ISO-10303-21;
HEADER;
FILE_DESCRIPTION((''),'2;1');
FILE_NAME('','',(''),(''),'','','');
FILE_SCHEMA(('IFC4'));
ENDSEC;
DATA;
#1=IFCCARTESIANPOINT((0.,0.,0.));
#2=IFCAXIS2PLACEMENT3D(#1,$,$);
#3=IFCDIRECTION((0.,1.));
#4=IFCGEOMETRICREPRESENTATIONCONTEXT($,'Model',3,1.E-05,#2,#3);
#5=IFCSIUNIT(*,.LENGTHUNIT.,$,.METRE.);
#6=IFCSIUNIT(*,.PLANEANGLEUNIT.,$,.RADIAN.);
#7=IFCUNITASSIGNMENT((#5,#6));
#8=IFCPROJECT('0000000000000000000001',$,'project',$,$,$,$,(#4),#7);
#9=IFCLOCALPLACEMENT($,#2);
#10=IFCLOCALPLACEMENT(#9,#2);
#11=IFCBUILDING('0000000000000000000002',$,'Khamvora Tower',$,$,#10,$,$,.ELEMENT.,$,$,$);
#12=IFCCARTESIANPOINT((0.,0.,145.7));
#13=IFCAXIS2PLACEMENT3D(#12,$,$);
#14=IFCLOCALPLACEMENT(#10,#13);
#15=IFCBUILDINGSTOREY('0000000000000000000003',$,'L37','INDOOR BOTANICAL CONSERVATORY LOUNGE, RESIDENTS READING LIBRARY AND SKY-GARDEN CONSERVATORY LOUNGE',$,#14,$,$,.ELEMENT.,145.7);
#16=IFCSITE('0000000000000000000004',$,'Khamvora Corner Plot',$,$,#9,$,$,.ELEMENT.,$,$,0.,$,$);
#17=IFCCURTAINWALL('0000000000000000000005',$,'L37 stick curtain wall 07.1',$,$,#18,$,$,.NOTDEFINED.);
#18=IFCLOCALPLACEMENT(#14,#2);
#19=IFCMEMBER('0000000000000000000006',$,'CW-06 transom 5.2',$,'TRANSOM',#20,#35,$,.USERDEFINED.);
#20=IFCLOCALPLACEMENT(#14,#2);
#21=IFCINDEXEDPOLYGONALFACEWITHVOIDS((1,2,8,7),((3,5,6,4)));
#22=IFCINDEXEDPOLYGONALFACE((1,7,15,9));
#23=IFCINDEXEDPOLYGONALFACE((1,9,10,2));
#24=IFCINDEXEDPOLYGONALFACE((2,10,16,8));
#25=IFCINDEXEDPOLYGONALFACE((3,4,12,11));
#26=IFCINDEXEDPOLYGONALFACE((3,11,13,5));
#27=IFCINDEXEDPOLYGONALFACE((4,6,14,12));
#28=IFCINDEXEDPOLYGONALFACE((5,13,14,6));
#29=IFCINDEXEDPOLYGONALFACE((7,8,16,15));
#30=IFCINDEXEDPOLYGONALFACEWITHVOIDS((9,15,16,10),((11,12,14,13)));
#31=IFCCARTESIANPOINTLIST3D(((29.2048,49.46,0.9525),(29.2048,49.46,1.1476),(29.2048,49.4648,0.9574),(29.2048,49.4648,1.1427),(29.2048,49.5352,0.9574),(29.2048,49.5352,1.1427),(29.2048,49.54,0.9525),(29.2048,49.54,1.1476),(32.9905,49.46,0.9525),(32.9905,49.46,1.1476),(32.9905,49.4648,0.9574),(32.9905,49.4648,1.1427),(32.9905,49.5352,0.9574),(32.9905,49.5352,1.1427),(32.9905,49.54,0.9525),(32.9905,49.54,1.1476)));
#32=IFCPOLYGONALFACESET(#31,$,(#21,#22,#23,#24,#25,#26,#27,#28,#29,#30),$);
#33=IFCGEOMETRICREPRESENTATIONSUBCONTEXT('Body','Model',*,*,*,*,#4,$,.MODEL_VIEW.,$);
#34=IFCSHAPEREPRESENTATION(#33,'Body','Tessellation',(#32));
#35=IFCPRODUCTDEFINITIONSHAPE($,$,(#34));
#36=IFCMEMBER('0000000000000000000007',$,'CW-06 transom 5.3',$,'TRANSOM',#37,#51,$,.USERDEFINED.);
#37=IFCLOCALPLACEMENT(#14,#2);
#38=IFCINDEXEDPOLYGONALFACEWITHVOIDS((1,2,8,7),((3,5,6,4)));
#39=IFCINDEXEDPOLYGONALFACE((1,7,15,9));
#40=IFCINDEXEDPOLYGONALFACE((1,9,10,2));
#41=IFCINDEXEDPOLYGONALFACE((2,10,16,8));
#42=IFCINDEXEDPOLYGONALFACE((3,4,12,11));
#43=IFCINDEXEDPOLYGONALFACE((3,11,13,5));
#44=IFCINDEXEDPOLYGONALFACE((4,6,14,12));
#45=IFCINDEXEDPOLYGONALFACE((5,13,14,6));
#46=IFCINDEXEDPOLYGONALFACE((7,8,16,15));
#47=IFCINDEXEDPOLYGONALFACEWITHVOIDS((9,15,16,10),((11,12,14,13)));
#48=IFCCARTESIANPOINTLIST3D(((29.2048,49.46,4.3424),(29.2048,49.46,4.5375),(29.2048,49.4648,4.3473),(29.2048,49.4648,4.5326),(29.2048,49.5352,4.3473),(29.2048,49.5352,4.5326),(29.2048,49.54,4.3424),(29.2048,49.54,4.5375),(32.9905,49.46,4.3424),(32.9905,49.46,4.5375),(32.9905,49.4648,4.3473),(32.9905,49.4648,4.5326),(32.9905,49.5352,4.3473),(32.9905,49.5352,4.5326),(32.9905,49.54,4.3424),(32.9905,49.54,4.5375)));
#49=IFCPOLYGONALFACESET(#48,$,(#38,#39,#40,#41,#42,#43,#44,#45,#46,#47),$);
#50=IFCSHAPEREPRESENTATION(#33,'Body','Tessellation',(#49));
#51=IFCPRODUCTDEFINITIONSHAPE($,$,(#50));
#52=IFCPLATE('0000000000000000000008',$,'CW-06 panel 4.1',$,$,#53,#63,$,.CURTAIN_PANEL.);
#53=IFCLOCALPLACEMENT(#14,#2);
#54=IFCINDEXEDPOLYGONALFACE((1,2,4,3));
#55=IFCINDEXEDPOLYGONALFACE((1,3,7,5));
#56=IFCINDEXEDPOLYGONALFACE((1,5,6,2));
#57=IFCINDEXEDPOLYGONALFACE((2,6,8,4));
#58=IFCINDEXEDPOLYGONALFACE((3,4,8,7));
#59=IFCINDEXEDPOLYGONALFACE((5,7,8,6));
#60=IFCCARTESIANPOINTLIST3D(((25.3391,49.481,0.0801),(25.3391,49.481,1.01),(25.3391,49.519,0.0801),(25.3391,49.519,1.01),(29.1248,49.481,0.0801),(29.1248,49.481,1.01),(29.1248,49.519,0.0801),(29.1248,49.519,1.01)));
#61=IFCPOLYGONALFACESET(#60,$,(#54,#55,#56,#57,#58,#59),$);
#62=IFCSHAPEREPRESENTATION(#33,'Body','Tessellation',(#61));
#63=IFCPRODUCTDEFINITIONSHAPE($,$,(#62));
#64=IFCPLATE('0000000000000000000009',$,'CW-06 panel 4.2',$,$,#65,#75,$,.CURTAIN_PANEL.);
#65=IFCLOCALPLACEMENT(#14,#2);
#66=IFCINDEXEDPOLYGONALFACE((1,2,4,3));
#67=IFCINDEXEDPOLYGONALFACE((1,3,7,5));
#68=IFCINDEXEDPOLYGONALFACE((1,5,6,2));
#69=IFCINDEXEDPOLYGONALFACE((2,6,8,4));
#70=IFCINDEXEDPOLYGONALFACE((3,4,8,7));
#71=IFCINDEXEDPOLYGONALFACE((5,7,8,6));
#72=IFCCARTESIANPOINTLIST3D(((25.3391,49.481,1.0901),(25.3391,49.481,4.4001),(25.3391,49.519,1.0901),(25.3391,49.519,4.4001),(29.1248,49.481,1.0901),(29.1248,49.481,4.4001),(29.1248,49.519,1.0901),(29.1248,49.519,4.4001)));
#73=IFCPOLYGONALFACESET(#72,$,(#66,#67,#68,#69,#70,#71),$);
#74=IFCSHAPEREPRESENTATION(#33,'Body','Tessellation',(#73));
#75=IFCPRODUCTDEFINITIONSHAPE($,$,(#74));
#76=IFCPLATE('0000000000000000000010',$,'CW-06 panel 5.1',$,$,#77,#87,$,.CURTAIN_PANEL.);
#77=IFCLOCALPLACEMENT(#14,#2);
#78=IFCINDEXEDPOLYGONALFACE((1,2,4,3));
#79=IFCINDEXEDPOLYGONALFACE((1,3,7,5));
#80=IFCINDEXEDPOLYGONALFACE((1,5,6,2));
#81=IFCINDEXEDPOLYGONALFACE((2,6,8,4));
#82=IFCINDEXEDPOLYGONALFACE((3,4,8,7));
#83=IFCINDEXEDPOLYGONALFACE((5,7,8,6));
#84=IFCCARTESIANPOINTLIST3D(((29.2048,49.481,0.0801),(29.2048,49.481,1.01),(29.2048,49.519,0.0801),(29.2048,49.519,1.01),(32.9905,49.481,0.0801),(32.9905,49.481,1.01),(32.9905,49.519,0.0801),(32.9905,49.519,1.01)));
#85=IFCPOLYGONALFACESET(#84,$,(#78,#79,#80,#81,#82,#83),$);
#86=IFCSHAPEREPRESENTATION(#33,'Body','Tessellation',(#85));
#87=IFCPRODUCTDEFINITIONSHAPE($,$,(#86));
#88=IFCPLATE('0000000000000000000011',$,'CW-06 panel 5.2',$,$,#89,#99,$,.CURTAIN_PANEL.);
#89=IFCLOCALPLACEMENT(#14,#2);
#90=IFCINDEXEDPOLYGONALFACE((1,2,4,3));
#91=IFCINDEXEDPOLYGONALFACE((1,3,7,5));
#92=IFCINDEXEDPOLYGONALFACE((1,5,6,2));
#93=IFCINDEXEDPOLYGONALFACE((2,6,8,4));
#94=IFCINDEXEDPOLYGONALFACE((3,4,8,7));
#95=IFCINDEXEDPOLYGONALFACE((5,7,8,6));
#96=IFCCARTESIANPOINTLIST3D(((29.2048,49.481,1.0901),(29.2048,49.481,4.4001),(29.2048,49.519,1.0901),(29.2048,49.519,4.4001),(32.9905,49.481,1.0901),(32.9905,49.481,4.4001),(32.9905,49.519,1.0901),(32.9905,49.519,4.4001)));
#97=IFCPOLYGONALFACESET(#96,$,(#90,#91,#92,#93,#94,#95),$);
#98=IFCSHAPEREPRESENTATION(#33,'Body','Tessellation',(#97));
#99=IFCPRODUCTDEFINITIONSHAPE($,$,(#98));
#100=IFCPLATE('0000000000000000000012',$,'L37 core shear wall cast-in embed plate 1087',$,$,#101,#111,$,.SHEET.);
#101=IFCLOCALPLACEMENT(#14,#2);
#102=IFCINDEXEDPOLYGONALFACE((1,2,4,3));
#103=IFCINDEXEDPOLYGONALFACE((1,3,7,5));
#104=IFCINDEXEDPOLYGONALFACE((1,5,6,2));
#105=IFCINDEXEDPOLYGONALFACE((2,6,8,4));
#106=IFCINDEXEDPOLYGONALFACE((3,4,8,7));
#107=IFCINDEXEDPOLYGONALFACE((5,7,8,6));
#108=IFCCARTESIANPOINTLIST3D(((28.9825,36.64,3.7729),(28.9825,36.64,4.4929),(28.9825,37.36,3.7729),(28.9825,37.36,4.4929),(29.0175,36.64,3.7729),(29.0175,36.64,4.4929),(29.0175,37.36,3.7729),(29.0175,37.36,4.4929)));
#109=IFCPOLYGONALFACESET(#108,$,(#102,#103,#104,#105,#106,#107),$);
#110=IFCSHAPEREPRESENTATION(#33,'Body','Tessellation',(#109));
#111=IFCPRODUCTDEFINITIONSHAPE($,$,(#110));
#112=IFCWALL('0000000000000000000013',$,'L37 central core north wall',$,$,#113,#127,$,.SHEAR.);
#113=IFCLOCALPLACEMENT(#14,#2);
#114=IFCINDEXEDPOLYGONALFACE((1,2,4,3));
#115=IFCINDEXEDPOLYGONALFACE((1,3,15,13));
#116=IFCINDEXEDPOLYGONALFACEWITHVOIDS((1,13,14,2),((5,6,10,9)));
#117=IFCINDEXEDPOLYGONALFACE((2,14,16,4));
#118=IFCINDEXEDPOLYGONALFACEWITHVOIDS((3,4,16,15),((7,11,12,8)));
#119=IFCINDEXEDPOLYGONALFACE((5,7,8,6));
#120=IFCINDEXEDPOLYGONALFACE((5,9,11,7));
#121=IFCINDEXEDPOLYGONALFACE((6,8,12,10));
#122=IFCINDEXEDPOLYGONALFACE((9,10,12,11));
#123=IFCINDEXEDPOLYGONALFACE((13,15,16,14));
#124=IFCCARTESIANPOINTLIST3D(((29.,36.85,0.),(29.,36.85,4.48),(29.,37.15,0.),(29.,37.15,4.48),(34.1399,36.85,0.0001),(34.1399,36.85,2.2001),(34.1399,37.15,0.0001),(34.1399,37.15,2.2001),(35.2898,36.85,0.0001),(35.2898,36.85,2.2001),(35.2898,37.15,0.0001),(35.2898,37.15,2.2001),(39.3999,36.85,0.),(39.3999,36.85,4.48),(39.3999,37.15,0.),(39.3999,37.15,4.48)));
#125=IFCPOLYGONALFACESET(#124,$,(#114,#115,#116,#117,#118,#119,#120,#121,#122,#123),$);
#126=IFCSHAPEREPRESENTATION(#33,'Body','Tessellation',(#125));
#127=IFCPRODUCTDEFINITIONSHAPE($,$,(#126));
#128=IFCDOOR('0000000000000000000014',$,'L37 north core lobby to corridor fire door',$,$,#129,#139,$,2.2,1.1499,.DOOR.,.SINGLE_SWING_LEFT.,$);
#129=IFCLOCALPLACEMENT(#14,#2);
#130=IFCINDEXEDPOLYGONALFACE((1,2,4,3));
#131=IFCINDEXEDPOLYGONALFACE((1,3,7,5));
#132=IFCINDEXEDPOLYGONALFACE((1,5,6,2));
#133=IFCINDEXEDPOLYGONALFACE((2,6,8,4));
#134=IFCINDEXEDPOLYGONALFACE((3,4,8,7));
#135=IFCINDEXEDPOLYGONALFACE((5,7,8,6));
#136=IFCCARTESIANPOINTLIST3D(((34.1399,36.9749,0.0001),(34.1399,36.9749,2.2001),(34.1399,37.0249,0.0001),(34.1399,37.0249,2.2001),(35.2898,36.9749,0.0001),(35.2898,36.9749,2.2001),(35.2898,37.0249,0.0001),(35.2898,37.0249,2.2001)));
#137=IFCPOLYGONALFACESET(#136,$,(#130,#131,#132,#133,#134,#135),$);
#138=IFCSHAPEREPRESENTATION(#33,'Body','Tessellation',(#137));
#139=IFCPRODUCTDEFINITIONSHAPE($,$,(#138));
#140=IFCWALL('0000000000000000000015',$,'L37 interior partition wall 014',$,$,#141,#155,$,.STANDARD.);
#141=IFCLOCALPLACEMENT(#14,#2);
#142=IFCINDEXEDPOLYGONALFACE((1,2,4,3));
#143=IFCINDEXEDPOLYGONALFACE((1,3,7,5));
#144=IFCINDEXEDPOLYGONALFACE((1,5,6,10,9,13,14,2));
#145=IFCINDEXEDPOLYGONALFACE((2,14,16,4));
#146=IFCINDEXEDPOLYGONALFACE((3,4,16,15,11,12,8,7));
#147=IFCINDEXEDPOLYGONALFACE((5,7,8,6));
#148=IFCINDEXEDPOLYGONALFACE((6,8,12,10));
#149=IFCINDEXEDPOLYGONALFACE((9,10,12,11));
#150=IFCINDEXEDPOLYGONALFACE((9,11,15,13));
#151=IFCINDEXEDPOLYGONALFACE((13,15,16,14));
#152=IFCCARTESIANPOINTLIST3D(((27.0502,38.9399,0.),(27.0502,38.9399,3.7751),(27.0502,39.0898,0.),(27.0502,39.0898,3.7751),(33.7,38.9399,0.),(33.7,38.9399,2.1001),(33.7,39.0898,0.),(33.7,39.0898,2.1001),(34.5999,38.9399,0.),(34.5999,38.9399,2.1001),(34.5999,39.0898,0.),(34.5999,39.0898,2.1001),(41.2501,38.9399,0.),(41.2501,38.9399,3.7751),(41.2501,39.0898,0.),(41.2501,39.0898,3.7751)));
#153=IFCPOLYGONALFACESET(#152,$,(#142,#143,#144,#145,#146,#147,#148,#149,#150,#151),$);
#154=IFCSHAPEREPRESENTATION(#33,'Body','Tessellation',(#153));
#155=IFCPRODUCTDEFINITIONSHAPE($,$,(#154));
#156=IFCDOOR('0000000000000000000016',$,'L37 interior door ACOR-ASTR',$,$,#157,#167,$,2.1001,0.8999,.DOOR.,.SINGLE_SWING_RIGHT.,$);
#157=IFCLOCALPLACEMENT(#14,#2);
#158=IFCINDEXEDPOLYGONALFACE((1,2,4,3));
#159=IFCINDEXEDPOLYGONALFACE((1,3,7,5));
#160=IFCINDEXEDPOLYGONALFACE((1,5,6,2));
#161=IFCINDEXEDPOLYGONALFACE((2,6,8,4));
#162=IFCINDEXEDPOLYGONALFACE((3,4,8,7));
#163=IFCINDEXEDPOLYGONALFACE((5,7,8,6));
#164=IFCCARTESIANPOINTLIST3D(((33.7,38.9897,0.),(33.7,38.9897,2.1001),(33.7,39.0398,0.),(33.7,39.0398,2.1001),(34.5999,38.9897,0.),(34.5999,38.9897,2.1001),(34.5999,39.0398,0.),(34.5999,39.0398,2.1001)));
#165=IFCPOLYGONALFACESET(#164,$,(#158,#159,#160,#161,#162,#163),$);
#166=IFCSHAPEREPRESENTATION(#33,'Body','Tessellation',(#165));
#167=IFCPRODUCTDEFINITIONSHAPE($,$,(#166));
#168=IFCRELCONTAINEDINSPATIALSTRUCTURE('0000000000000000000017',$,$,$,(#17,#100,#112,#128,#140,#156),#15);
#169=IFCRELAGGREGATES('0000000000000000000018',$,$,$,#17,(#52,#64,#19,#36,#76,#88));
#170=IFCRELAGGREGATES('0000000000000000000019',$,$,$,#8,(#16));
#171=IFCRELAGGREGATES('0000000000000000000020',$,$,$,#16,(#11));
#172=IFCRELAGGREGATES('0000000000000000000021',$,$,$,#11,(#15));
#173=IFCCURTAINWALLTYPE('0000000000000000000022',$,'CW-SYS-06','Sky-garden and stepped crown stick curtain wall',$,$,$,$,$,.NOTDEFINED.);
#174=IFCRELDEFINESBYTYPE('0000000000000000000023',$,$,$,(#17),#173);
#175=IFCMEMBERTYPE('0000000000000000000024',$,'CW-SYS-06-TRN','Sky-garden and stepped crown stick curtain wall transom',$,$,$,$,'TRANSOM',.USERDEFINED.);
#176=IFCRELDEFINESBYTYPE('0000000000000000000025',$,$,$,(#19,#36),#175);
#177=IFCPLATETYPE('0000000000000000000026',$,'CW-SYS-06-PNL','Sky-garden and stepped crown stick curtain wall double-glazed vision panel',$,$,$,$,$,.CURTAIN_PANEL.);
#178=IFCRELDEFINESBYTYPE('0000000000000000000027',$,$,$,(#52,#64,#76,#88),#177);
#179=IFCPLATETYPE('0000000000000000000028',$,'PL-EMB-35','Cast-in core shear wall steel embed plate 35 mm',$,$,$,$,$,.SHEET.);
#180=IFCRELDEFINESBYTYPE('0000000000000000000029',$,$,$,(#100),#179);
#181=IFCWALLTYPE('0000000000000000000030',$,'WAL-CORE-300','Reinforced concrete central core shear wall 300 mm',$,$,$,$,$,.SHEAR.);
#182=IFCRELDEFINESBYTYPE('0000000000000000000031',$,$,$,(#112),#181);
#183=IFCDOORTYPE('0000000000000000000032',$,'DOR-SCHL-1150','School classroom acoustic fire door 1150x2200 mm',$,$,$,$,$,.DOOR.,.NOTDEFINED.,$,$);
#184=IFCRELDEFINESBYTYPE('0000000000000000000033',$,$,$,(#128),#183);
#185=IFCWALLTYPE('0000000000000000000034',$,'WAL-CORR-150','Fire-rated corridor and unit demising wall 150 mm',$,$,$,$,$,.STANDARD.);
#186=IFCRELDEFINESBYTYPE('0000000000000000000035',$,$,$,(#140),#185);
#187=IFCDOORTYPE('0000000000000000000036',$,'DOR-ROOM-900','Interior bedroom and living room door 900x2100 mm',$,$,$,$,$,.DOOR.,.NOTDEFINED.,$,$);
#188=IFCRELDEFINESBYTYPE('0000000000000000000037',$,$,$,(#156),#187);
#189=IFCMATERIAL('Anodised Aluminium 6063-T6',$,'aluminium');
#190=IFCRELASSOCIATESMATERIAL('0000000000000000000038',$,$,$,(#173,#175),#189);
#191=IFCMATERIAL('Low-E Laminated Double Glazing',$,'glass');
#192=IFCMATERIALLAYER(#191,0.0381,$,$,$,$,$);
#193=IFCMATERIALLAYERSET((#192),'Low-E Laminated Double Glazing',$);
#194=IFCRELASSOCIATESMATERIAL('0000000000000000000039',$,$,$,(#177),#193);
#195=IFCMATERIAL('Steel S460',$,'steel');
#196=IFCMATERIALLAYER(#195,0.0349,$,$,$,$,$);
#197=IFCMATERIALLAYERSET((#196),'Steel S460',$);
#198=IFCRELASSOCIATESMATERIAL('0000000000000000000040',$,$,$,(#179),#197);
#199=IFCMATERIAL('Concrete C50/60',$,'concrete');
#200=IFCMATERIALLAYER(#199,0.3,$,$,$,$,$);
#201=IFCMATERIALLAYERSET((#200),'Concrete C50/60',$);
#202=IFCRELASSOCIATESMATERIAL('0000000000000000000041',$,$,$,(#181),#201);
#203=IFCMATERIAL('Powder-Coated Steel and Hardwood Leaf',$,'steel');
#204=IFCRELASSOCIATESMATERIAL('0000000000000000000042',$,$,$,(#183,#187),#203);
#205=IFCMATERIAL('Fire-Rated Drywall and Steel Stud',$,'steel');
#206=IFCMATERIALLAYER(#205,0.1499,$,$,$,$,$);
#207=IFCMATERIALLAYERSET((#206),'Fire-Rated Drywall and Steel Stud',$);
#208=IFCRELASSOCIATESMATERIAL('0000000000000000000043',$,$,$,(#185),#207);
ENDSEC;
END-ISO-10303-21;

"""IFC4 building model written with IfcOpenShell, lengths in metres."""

from ifc_helpers import new_model, si_unit, direction, frame, frame_2d, origin, origin_2d, place, context, subcontext, project, spatial, rectangle, hollow_rectangle, extrude, material, layer, layer_set, material_profile, profile_set, type_object, element, fill, aggregate, save


model = new_model("IFC4")

# Units and contexts
model_context = context("Model", 3, precision=1e-05, world=origin(), true_north=direction((0.0, 1.0)))
body_context = subcontext(model_context, "Body", "Model", "MODEL_VIEW")
ifc_project = project(units=[si_unit("LENGTHUNIT", "METRE"), si_unit("PLANEANGLEUNIT", "RADIAN")], contexts=[model_context])

# Site, building, storey
site_placement = place(None, origin())
site = spatial("IfcSite", under=ifc_project, at=site_placement, Name="Khamvora Corner Plot", CompositionType="ELEMENT", RefElevation=0.0)
building_placement = place(site_placement, origin())
building = spatial("IfcBuilding", under=site, at=building_placement, Name="Khamvora Tower", CompositionType="ELEMENT")
storey_placement = place(building_placement, frame((0.0, 0.0, 145.7)))
storey = spatial("IfcBuildingStorey", under=building, at=storey_placement, Name="L37", Description="INDOOR BOTANICAL CONSERVATORY LOUNGE, RESIDENTS READING LIBRARY AND SKY-GARDEN CONSERVATORY LOUNGE", CompositionType="ELEMENT", Elevation=145.7)

# Curtain wall, members, plates
ifc_material_1 = material(Name="Anodised Aluminium 6063-T6", Category="aluminium")
curtain_wall_type = type_object("IfcCurtainWallType", Name="CW-SYS-06", Description="Sky-garden and stepped crown stick curtain wall", PredefinedType="NOTDEFINED", material=ifc_material_1)
curtain_wall_placement = place(storey_placement, origin())
curtain_wall = element("IfcCurtainWall", 1, at=curtain_wall_placement, inside=storey, type_object=curtain_wall_type, Name="L37 stick curtain wall 07.1", PredefinedType="NOTDEFINED")
ifc_material_profile_1 = material_profile(ifc_material_1, hollow_rectangle(XDim=0.0801, YDim=0.1951, WallThickness=0.0049, at=origin_2d()), Name="TRN80x195x5")
ifc_profile_set_1 = profile_set([ifc_material_profile_1], Name="Anodised Aluminium 6063-T6")
member_type_1 = type_object("IfcMemberType", Name="CW-SYS-06-TRN", Description="Sky-garden and stepped crown stick curtain wall transom", ElementType="TRANSOM", PredefinedType="USERDEFINED", material=ifc_profile_set_1)
member_1_placement = place(storey_placement, frame((29.2048, 49.5, 1.05), z_axis=(1.0, 0.0, 0.0), x_axis=(0.0, 1.0, 0.0)))
member_1 = element("IfcMember", 2, at=member_1_placement, type_object=member_type_1, Name="CW-06 transom 5.2", ObjectType="TRANSOM", PredefinedType="USERDEFINED", context=body_context, shape_type="SweptSolid", body=[
    extrude(hollow_rectangle(XDim=0.0801, YDim=0.1951, WallThickness=0.0049, at=origin_2d()), origin(), (0.0, 0.0, 1.0), 3.7856),
])
member_2_placement = place(storey_placement, frame((29.2048, 49.5, 4.4399), z_axis=(1.0, 0.0, 0.0), x_axis=(0.0, 1.0, 0.0)))
member_2 = element("IfcMember", 3, at=member_2_placement, type_object=member_type_1, Name="CW-06 transom 5.3", ObjectType="TRANSOM", PredefinedType="USERDEFINED", context=body_context, shape_type="SweptSolid", body=[
    extrude(hollow_rectangle(XDim=0.0801, YDim=0.1951, WallThickness=0.0049, at=origin_2d()), origin(), (0.0, 0.0, 1.0), 3.7856),
])
ifc_material_2 = material(Name="Low-E Laminated Double Glazing", Category="glass")
ifc_layer_1 = layer(ifc_material_2, 0.0381)
ifc_layer_set_1 = layer_set([ifc_layer_1], Name="Low-E Laminated Double Glazing")
plate_type_1 = type_object("IfcPlateType", Name="CW-SYS-06-PNL", Description="Sky-garden and stepped crown stick curtain wall double-glazed vision panel", PredefinedType="CURTAIN_PANEL", material=ifc_layer_set_1)
plate_1_placement = place(storey_placement, frame((27.2319, 49.5, 0.0801), z_axis=(0.0, 0.0, 1.0), x_axis=(1.0, 0.0, 0.0)))
plate_1 = element("IfcPlate", 4, at=plate_1_placement, type_object=plate_type_1, Name="CW-06 panel 4.1", PredefinedType="CURTAIN_PANEL", context=body_context, shape_type="SweptSolid", body=[
    extrude(rectangle(XDim=3.7856, YDim=0.0381, at=origin_2d()), origin(), (0.0, 0.0, 1.0), 0.9299),
])
plate_2_placement = place(storey_placement, frame((27.2319, 49.5, 1.0901), z_axis=(0.0, 0.0, 1.0), x_axis=(1.0, 0.0, 0.0)))
plate_2 = element("IfcPlate", 5, at=plate_2_placement, type_object=plate_type_1, Name="CW-06 panel 4.2", PredefinedType="CURTAIN_PANEL", context=body_context, shape_type="SweptSolid", body=[
    extrude(rectangle(XDim=3.7856, YDim=0.0381, at=origin_2d()), origin(), (0.0, 0.0, 1.0), 3.3101),
])
plate_3_placement = place(storey_placement, frame((31.0977, 49.5, 0.0801), z_axis=(0.0, 0.0, 1.0), x_axis=(1.0, 0.0, 0.0)))
plate_3 = element("IfcPlate", 6, at=plate_3_placement, type_object=plate_type_1, Name="CW-06 panel 5.1", PredefinedType="CURTAIN_PANEL", context=body_context, shape_type="SweptSolid", body=[
    extrude(rectangle(XDim=3.7856, YDim=0.0381, at=origin_2d()), origin(), (0.0, 0.0, 1.0), 0.9299),
])
plate_4_placement = place(storey_placement, frame((31.0977, 49.5, 1.0901), z_axis=(0.0, 0.0, 1.0), x_axis=(1.0, 0.0, 0.0)))
plate_4 = element("IfcPlate", 7, at=plate_4_placement, type_object=plate_type_1, Name="CW-06 panel 5.2", PredefinedType="CURTAIN_PANEL", context=body_context, shape_type="SweptSolid", body=[
    extrude(rectangle(XDim=3.7856, YDim=0.0381, at=origin_2d()), origin(), (0.0, 0.0, 1.0), 3.3101),
])
aggregate(curtain_wall, [plate_1, plate_2, member_1, member_2, plate_3, plate_4])

# Plate
ifc_material_3 = material(Name="Steel S460", Category="steel")
ifc_layer_2 = layer(ifc_material_3, 0.0349)
ifc_layer_set_2 = layer_set([ifc_layer_2], Name="Steel S460")
plate_type_2 = type_object("IfcPlateType", Name="PL-EMB-35", Description="Cast-in core shear wall steel embed plate 35 mm", PredefinedType="SHEET", material=ifc_layer_set_2)
plate_5_placement = place(storey_placement, frame((29.0, 37.0, 3.7729), z_axis=(0.0, 0.0, 1.0), x_axis=(1.0, 0.0, 0.0)))
element("IfcPlate", 8, at=plate_5_placement, inside=storey, type_object=plate_type_2, Name="L37 core shear wall cast-in embed plate 1087", PredefinedType="SHEET", context=body_context, shape_type="SweptSolid", body=[
    extrude(rectangle(XDim=0.0349, YDim=0.72, at=origin_2d()), origin(), (0.0, 0.0, 1.0), 0.72),
])

# Walls, openings, doors
ifc_material_4 = material(Name="Concrete C50/60", Category="concrete")
ifc_layer_3 = layer(ifc_material_4, 0.3)
ifc_layer_set_3 = layer_set([ifc_layer_3], Name="Concrete C50/60")
wall_type_1 = type_object("IfcWallType", Name="WAL-CORE-300", Description="Reinforced concrete central core shear wall 300 mm", PredefinedType="SHEAR", material=ifc_layer_set_3)
wall_1_placement = place(storey_placement, frame((29.0, 37.0, 0.0), z_axis=(0.0, 0.0, 1.0), x_axis=(1.0, 0.0, 0.0)))
wall_1 = element("IfcWall", 9, at=wall_1_placement, inside=storey, type_object=wall_type_1, Name="L37 central core north wall", PredefinedType="SHEAR", context=body_context, shape_type="SweptSolid", body=[
    extrude(rectangle(XDim=10.3999, YDim=0.3, at=frame_2d((5.2, 0.0))), origin(), (0.0, 0.0, 1.0), 4.48),
])
opening_1_placement = place(wall_1_placement, frame((5.1399, 0.0, 0.0)))
opening_1 = element("IfcOpeningElement", 10, at=opening_1_placement, cuts=wall_1, PredefinedType="OPENING", context=body_context, shape_type="SweptSolid", body=[
    extrude(rectangle(XDim=1.1499, YDim=2.2, at=frame_2d((0.575, 1.1001))), frame((0.0, 0.1599, 0.0), z_axis=(0.0, -1.0, 0.0), x_axis=(1.0, 0.0, 0.0)), (0.0, 0.0, 1.0), 0.3201),
])
ifc_material_5 = material(Name="Powder-Coated Steel and Hardwood Leaf", Category="steel")
door_type_1 = type_object("IfcDoorType", Name="DOR-SCHL-1150", Description="School classroom acoustic fire door 1150x2200 mm", OperationType="NOTDEFINED", PredefinedType="DOOR", material=ifc_material_5)
door_1_placement = place(opening_1_placement, origin())
door_1 = element("IfcDoor", 11, at=door_1_placement, inside=storey, type_object=door_type_1, Name="L37 north core lobby to corridor fire door", OperationType="SINGLE_SWING_LEFT", OverallHeight=2.2, OverallWidth=1.1499, PredefinedType="DOOR", context=body_context, shape_type="SweptSolid", body=[
    extrude(rectangle(XDim=1.1499, YDim=2.2, at=frame_2d((0.575, 1.1001))), frame((0.0, 0.0249, 0.0), z_axis=(0.0, -1.0, 0.0), x_axis=(1.0, 0.0, 0.0)), (0.0, 0.0, 1.0), 0.05),
])
fill(opening_1, door_1)
ifc_material_6 = material(Name="Fire-Rated Drywall and Steel Stud", Category="steel")
ifc_layer_4 = layer(ifc_material_6, 0.1499)
ifc_layer_set_4 = layer_set([ifc_layer_4], Name="Fire-Rated Drywall and Steel Stud")
wall_type_2 = type_object("IfcWallType", Name="WAL-CORR-150", Description="Fire-rated corridor and unit demising wall 150 mm", PredefinedType="STANDARD", material=ifc_layer_set_4)
wall_2_placement = place(storey_placement, frame((27.05, 39.0149, 0.0), z_axis=(0.0, 0.0, 1.0), x_axis=(1.0, 0.0, 0.0)))
wall_2 = element("IfcWall", 12, at=wall_2_placement, inside=storey, type_object=wall_type_2, Name="L37 interior partition wall 014", PredefinedType="STANDARD", context=body_context, shape_type="SweptSolid", body=[
    extrude(rectangle(XDim=14.2, YDim=0.1499, at=frame_2d((7.1001, 0.0))), origin(), (0.0, 0.0, 1.0), 3.7751),
])
opening_2_placement = place(wall_2_placement, frame((6.6499, 0.0, 0.0)))
opening_2 = element("IfcOpeningElement", 13, at=opening_2_placement, cuts=wall_2, PredefinedType="OPENING", context=body_context, shape_type="SweptSolid", body=[
    extrude(rectangle(XDim=0.8999, YDim=2.1001, at=frame_2d((0.45, 1.05))), frame((0.0, 0.085, 0.0), z_axis=(0.0, -1.0, 0.0), x_axis=(1.0, 0.0, 0.0)), (0.0, 0.0, 1.0), 0.1699),
])
door_type_2 = type_object("IfcDoorType", Name="DOR-ROOM-900", Description="Interior bedroom and living room door 900x2100 mm", OperationType="NOTDEFINED", PredefinedType="DOOR", material=ifc_material_5)
door_2_placement = place(opening_2_placement, origin())
door_2 = element("IfcDoor", 14, at=door_2_placement, inside=storey, type_object=door_type_2, Name="L37 interior door ACOR-ASTR", OperationType="SINGLE_SWING_RIGHT", OverallHeight=2.1001, OverallWidth=0.8999, PredefinedType="DOOR", context=body_context, shape_type="SweptSolid", body=[
    extrude(rectangle(XDim=0.8999, YDim=2.1001, at=frame_2d((0.45, 1.05))), frame((0.0, 0.0249, 0.0), z_axis=(0.0, -1.0, 0.0), x_axis=(1.0, 0.0, 0.0)), (0.0, 0.0, 1.0), 0.05),
])
fill(opening_2, door_2)

save(model, "model.ifc")
